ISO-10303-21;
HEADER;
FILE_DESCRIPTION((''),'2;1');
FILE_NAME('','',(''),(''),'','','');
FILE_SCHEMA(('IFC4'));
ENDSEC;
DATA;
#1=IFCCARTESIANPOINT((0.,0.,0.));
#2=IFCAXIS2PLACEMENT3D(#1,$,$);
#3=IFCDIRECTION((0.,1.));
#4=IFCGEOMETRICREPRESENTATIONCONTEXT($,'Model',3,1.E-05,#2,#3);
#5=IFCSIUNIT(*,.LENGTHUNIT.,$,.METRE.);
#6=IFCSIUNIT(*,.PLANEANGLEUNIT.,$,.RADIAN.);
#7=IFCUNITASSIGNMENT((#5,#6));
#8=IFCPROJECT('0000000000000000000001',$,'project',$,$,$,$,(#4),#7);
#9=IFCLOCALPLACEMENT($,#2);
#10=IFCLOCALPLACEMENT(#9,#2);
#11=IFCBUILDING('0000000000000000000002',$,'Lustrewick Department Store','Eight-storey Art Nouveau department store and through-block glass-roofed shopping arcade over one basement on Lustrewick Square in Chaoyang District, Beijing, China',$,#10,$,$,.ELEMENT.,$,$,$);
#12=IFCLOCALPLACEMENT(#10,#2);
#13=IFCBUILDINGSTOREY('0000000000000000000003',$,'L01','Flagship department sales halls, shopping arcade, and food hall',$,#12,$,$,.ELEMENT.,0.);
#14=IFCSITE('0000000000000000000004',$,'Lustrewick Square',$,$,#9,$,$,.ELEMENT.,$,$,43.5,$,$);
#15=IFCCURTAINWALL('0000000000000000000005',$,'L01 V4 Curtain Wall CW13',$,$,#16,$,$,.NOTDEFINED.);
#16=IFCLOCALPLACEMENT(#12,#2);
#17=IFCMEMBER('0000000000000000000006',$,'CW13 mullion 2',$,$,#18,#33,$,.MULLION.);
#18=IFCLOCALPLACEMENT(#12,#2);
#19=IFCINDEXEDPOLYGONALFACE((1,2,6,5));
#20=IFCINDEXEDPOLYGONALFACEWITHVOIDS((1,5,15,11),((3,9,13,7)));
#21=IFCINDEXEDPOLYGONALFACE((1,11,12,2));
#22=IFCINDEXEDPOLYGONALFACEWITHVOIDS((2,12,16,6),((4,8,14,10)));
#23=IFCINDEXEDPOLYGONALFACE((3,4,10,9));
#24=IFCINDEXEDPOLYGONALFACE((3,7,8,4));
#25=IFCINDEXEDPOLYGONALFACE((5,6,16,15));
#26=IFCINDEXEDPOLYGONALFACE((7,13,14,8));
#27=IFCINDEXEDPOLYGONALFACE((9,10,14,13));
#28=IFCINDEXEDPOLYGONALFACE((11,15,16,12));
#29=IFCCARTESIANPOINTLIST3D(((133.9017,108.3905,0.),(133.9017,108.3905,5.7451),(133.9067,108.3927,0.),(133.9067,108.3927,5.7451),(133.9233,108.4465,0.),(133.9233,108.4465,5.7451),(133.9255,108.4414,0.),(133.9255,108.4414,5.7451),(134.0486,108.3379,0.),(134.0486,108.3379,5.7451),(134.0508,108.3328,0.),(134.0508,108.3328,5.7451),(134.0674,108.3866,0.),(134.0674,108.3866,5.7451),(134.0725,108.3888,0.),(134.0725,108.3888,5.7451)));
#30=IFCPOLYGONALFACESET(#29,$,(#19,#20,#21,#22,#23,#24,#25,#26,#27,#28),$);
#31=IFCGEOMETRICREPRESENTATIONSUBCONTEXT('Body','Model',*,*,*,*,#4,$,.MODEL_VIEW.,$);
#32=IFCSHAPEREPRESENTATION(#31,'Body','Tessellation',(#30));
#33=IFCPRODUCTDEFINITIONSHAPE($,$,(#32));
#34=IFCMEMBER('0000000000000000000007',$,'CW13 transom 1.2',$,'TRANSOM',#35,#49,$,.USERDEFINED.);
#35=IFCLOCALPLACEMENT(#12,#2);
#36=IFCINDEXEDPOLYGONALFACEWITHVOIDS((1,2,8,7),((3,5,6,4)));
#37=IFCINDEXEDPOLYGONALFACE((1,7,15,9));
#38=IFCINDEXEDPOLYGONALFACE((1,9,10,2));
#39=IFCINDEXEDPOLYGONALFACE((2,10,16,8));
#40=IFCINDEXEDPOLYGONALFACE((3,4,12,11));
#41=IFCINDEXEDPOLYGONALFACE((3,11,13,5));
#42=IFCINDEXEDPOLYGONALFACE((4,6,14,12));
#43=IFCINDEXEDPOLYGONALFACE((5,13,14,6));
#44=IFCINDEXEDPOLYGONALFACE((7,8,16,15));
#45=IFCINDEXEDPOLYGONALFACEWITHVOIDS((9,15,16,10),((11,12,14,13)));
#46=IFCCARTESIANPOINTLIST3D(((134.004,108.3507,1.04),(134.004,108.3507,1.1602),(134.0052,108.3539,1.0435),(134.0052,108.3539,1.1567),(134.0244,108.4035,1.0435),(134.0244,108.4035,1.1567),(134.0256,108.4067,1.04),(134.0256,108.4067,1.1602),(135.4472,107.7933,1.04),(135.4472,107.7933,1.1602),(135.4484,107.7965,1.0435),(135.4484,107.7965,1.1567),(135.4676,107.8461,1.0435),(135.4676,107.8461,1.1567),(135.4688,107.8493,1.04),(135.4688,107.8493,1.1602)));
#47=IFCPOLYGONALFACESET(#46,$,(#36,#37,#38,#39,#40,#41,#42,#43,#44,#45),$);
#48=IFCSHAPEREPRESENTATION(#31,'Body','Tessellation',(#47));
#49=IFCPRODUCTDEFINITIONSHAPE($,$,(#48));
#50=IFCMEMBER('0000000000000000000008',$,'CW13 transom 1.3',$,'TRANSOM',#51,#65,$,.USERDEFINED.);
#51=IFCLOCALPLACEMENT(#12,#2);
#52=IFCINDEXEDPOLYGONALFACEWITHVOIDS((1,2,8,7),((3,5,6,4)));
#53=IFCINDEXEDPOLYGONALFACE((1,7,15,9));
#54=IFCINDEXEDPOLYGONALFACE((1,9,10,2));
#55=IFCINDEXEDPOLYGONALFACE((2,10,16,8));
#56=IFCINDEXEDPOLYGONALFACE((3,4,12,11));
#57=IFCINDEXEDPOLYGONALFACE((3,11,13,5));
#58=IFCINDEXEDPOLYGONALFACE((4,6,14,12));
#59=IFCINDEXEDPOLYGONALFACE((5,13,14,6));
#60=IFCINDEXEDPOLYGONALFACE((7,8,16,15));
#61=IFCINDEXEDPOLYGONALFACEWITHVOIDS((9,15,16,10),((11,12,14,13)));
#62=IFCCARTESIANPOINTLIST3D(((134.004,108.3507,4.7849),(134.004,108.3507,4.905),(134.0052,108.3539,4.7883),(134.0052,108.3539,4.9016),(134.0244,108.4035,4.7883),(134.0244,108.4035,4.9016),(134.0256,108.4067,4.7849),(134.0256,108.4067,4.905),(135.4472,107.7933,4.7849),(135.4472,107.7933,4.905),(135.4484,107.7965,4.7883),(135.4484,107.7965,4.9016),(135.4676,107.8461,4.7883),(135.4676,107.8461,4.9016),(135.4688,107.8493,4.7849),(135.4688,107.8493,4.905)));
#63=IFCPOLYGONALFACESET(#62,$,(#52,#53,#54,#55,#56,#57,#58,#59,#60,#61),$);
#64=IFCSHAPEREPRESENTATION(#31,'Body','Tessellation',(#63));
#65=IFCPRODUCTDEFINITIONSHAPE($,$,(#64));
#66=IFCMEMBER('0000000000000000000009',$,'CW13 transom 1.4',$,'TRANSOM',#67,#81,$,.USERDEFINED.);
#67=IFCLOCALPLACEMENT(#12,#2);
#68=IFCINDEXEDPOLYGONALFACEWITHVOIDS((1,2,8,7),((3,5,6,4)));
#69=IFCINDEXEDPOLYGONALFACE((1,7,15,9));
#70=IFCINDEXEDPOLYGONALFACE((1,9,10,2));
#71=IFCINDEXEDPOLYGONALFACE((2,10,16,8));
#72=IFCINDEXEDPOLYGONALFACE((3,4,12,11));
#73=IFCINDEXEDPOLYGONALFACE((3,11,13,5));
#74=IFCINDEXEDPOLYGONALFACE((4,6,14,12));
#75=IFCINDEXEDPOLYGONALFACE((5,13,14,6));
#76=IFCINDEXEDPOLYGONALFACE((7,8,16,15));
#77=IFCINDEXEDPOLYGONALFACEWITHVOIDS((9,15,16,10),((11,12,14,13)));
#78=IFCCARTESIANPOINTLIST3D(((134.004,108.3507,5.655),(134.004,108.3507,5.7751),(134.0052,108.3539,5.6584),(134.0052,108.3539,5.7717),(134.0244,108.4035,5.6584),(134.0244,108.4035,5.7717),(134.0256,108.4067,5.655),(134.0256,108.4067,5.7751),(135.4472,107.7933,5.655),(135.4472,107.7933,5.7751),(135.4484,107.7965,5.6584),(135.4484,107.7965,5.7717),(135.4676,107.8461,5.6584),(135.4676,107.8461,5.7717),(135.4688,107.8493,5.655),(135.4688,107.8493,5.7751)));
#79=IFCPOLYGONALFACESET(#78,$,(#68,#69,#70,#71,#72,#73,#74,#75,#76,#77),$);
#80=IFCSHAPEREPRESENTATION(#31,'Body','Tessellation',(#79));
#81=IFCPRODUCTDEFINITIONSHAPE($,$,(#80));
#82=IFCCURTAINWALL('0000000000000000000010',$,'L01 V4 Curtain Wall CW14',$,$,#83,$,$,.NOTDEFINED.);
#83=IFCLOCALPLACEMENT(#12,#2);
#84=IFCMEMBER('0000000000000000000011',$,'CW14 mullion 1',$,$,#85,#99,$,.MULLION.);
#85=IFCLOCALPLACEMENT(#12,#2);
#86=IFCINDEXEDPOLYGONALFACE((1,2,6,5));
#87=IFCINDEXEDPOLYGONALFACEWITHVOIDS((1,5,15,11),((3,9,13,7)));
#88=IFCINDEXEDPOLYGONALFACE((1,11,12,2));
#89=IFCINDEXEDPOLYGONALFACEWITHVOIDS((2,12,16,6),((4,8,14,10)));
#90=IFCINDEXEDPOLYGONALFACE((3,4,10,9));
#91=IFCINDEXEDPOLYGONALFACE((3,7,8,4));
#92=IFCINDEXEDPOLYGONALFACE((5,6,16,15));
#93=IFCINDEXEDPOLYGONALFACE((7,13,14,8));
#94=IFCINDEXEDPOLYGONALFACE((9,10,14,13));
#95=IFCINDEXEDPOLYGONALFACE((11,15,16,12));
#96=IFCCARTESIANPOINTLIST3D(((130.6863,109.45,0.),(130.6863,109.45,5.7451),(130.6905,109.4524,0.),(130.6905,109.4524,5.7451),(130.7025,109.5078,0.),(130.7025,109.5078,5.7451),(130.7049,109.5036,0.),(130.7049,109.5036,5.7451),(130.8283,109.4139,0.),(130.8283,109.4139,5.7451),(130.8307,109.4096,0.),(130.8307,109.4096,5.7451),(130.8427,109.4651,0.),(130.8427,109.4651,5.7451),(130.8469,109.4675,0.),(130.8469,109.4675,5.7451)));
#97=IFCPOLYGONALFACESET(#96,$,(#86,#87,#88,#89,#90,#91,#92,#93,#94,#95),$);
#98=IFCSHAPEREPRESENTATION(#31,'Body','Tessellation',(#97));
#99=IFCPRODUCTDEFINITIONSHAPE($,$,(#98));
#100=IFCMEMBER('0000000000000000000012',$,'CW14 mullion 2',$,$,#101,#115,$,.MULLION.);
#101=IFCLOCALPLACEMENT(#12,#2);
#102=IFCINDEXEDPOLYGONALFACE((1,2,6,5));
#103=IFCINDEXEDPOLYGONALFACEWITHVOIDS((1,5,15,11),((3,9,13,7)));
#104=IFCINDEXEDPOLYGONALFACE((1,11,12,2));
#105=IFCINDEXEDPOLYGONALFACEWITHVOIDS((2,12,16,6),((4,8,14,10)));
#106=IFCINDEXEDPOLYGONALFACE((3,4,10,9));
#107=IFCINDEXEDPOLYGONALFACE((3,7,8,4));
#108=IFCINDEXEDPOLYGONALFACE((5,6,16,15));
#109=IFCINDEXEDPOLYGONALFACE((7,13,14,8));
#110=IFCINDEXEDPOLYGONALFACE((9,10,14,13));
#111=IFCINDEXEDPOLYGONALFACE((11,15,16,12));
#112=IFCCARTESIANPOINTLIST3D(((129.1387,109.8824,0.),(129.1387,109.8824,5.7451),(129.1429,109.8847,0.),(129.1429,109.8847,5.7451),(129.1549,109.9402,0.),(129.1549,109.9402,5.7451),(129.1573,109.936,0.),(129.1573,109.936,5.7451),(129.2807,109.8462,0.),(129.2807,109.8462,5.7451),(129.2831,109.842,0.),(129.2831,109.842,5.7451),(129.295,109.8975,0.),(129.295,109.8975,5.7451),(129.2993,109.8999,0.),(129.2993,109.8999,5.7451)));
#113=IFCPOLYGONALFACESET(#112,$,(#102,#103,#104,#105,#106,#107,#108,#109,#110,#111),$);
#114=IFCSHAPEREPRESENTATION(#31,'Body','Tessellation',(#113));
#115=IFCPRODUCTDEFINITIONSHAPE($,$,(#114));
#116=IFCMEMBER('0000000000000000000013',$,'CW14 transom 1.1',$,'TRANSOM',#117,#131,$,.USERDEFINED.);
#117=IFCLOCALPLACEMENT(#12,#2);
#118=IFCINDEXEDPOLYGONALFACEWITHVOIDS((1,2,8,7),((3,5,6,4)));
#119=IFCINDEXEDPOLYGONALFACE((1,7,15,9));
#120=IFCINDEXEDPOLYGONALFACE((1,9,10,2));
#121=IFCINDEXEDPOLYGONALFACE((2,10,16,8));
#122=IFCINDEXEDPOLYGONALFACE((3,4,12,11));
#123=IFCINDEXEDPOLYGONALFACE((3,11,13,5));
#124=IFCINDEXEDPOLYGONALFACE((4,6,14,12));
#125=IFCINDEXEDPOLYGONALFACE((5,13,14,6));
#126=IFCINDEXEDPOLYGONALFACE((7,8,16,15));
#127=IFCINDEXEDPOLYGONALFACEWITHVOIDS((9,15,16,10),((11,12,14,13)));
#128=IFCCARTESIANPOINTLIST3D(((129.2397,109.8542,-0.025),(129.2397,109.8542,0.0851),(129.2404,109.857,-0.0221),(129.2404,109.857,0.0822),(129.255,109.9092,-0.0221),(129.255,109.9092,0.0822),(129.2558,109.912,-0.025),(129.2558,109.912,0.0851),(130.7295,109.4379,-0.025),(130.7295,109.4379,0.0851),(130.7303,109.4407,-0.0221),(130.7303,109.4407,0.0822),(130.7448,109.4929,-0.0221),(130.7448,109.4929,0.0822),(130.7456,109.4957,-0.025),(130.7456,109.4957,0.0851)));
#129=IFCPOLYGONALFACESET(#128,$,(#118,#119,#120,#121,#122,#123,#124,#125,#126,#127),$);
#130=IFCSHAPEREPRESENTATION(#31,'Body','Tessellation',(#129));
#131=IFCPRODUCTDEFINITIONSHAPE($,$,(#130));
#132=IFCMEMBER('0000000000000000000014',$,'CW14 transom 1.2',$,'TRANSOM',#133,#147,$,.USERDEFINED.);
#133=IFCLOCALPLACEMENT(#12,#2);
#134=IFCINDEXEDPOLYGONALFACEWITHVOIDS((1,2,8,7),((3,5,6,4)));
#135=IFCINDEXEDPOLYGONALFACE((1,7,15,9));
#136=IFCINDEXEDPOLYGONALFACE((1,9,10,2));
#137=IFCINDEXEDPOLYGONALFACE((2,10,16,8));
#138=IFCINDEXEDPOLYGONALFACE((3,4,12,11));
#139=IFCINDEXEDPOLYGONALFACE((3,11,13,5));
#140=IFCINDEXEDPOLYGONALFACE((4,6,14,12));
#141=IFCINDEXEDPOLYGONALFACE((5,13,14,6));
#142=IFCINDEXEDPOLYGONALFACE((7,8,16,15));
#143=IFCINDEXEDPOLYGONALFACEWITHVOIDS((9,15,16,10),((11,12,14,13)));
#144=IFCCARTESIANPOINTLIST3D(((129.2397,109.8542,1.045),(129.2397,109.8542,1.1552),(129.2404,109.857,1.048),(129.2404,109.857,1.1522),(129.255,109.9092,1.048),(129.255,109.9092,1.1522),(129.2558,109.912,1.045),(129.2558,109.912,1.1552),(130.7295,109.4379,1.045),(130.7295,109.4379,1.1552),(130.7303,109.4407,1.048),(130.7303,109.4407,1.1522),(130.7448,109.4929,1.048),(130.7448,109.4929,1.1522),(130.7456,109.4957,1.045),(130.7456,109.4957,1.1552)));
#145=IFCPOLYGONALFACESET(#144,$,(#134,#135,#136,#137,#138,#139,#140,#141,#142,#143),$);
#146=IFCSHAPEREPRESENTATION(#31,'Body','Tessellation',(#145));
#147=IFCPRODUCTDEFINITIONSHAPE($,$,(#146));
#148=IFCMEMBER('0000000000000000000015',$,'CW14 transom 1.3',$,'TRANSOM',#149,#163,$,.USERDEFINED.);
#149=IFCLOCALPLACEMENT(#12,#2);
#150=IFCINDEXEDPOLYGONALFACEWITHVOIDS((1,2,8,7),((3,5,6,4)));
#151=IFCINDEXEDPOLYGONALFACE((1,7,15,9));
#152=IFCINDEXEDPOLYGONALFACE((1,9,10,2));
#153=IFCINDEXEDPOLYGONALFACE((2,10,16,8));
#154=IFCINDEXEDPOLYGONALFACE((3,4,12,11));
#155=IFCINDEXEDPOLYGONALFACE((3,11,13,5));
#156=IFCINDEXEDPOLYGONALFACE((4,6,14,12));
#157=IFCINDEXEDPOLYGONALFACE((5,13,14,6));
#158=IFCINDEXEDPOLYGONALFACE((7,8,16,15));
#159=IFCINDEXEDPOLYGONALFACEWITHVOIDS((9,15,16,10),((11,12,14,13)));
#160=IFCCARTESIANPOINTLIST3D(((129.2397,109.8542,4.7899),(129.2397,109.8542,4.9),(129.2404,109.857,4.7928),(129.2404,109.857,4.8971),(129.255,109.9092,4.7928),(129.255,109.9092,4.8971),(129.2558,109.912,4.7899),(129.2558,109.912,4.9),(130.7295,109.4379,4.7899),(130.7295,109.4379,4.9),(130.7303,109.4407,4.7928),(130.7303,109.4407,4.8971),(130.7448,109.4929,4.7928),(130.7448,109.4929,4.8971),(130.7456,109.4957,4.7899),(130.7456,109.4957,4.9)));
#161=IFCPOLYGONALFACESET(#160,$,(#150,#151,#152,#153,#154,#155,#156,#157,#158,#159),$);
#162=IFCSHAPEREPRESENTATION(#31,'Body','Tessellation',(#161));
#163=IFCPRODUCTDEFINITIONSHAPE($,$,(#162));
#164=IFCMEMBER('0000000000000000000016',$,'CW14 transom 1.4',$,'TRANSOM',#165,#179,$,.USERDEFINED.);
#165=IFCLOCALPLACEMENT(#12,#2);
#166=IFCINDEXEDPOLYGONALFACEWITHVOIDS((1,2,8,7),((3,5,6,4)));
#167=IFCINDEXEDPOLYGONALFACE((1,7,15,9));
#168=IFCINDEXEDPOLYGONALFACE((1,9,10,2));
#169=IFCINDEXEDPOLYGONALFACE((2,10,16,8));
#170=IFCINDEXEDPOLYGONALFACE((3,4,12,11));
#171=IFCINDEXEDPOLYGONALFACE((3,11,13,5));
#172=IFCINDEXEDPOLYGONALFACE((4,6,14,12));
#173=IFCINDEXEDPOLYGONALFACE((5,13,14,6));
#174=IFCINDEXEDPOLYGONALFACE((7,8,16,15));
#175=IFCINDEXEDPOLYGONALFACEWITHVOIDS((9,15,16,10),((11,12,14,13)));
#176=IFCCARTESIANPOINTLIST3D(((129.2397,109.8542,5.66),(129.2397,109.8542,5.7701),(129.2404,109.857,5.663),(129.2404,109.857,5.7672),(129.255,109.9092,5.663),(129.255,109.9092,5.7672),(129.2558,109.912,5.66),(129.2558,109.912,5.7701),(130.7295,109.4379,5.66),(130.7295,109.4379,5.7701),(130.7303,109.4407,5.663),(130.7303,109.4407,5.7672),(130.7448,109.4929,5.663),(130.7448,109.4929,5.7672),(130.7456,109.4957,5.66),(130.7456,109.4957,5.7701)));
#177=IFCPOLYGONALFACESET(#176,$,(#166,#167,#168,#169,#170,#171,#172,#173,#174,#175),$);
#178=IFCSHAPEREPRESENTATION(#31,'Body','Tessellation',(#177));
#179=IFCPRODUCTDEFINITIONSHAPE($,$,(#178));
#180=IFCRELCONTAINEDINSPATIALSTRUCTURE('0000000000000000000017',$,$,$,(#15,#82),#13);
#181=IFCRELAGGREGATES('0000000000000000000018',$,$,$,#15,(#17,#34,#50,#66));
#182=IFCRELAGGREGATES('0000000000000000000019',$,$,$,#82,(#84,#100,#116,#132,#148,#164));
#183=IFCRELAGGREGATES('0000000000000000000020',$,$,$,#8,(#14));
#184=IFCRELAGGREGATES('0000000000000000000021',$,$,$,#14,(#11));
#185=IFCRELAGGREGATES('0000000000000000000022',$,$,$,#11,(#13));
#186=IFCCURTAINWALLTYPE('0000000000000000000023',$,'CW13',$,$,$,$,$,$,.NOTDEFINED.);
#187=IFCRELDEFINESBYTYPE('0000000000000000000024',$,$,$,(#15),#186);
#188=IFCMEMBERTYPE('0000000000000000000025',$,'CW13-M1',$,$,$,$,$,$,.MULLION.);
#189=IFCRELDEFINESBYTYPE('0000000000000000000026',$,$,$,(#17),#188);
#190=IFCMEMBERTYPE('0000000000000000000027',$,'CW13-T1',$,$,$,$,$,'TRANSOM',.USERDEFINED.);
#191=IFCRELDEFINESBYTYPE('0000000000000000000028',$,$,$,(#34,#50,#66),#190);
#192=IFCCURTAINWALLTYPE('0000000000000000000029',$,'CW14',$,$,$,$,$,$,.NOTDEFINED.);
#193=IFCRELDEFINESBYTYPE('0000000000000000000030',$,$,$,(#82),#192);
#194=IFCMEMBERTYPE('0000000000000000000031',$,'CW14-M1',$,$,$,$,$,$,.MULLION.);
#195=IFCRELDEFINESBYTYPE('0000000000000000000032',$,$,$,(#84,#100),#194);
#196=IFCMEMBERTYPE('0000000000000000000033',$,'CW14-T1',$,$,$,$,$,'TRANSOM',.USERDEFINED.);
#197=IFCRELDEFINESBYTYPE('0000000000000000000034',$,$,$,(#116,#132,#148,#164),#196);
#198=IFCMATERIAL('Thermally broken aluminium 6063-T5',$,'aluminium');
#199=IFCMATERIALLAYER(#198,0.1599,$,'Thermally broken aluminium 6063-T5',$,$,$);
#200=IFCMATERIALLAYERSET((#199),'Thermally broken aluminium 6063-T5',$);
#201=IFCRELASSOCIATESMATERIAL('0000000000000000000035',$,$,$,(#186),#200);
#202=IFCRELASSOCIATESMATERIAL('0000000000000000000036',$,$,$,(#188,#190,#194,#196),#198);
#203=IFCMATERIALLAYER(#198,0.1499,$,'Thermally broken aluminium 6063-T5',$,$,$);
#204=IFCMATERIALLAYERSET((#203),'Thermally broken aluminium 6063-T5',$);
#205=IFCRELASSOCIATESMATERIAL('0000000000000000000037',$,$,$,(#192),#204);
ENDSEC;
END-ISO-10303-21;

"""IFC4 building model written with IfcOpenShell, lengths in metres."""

from ifc_helpers import new_model, si_unit, direction, frame, origin, origin_2d, place, context, subcontext, project, spatial, hollow_rectangle, extrude, material, layer, layer_set, material_profile, profile_set, type_object, element, aggregate, save


model = new_model("IFC4")

# Units and contexts
model_context = context("Model", 3, precision=1e-05, world=origin(), true_north=direction((0.0, 1.0)))
body_context = subcontext(model_context, "Body", "Model", "MODEL_VIEW")
ifc_project = project(units=[si_unit("LENGTHUNIT", "METRE"), si_unit("PLANEANGLEUNIT", "RADIAN")], contexts=[model_context])

# Site, building, storey
site_placement = place(None, origin())
site = spatial("IfcSite", under=ifc_project, at=site_placement, Name="Lustrewick Square", CompositionType="ELEMENT", RefElevation=43.5)
building_placement = place(site_placement, origin())
building = spatial("IfcBuilding", under=site, at=building_placement, Name="Lustrewick Department Store", Description="Eight-storey Art Nouveau department store and through-block glass-roofed shopping arcade over one basement on Lustrewick Square in Chaoyang District, Beijing, China", CompositionType="ELEMENT")
storey_placement = place(building_placement, origin())
storey = spatial("IfcBuildingStorey", under=building, at=storey_placement, Name="L01", Description="Flagship department sales halls, shopping arcade, and food hall", CompositionType="ELEMENT", Elevation=0.0)

# Curtain walls, members
ifc_material_1 = material(Name="Thermally broken aluminium 6063-T5", Category="aluminium")
ifc_layer_1 = layer(ifc_material_1, 0.1599, Name="Thermally broken aluminium 6063-T5")
ifc_layer_set_1 = layer_set([ifc_layer_1], Name="Thermally broken aluminium 6063-T5")
curtain_wall_type_1 = type_object("IfcCurtainWallType", Name="CW13", PredefinedType="NOTDEFINED", material=ifc_layer_set_1)
curtain_wall_1_placement = place(storey_placement, origin())
curtain_wall_1 = element("IfcCurtainWall", 1, at=curtain_wall_1_placement, inside=storey, type_object=curtain_wall_type_1, Name="L01 V4 Curtain Wall CW13", PredefinedType="NOTDEFINED")
ifc_material_profile_1 = material_profile(ifc_material_1, hollow_rectangle(XDim=0.0601, YDim=0.1599, WallThickness=0.0039, at=origin_2d()), Name="ALU-M 60x160x4")
ifc_profile_set_1 = profile_set([ifc_material_profile_1], Name="Thermally broken aluminium 6063-T5")
member_type_1 = type_object("IfcMemberType", Name="CW13-M1", PredefinedType="MULLION", material=ifc_profile_set_1)
member_1_placement = place(storey_placement, frame((133.9871, 108.3896, 0.0), z_axis=(0.0, 0.0, 1.0), x_axis=(-0.36037, -0.93281, 0.0)))
member_1 = element("IfcMember", 2, at=member_1_placement, type_object=member_type_1, Name="CW13 mullion 2", PredefinedType="MULLION", context=body_context, shape_type="SweptSolid", body=[
    extrude(hollow_rectangle(XDim=0.0601, YDim=0.1599, WallThickness=0.0039, at=origin_2d()), origin(), (0.0, 0.0, 1.0), 5.7451),
])
ifc_material_profile_2 = material_profile(ifc_material_1, hollow_rectangle(XDim=0.0601, YDim=0.1201, WallThickness=0.0034, at=origin_2d()), Name="ALU-T 60x120x3.5")
ifc_profile_set_2 = profile_set([ifc_material_profile_2], Name="Thermally broken aluminium 6063-T5")
member_type_2 = type_object("IfcMemberType", Name="CW13-T1", ElementType="TRANSOM", PredefinedType="USERDEFINED", material=ifc_profile_set_2)
member_2_placement = place(storey_placement, frame((135.458, 107.8213, 1.1001), z_axis=(-0.93284, 0.36029, 0.0), x_axis=(-0.36029, -0.93284, 0.0)))
member_2 = element("IfcMember", 3, at=member_2_placement, type_object=member_type_2, Name="CW13 transom 1.2", ObjectType="TRANSOM", PredefinedType="USERDEFINED", context=body_context, shape_type="SweptSolid", body=[
    extrude(hollow_rectangle(XDim=0.0601, YDim=0.1201, WallThickness=0.0034, at=origin_2d()), origin(), (0.0, 0.0, 1.0), 1.5471),
])
member_3_placement = place(storey_placement, frame((135.458, 107.8213, 4.845), z_axis=(-0.93284, 0.36029, 0.0), x_axis=(-0.36029, -0.93284, 0.0)))
member_3 = element("IfcMember", 4, at=member_3_placement, type_object=member_type_2, Name="CW13 transom 1.3", ObjectType="TRANSOM", PredefinedType="USERDEFINED", context=body_context, shape_type="SweptSolid", body=[
    extrude(hollow_rectangle(XDim=0.0601, YDim=0.1201, WallThickness=0.0034, at=origin_2d()), origin(), (0.0, 0.0, 1.0), 1.5471),
])
member_4_placement = place(storey_placement, frame((135.458, 107.8213, 5.7151), z_axis=(-0.93284, 0.36029, 0.0), x_axis=(-0.36029, -0.93284, 0.0)))
member_4 = element("IfcMember", 5, at=member_4_placement, type_object=member_type_2, Name="CW13 transom 1.4", ObjectType="TRANSOM", PredefinedType="USERDEFINED", context=body_context, shape_type="SweptSolid", body=[
    extrude(hollow_rectangle(XDim=0.0601, YDim=0.1201, WallThickness=0.0034, at=origin_2d()), origin(), (0.0, 0.0, 1.0), 1.5471),
])
ifc_layer_2 = layer(ifc_material_1, 0.1499, Name="Thermally broken aluminium 6063-T5")
ifc_layer_set_2 = layer_set([ifc_layer_2], Name="Thermally broken aluminium 6063-T5")
curtain_wall_type_2 = type_object("IfcCurtainWallType", Name="CW14", PredefinedType="NOTDEFINED", material=ifc_layer_set_2)
curtain_wall_2_placement = place(storey_placement, origin())
curtain_wall_2 = element("IfcCurtainWall", 6, at=curtain_wall_2_placement, inside=storey, type_object=curtain_wall_type_2, Name="L01 V4 Curtain Wall CW14", PredefinedType="NOTDEFINED")
ifc_material_profile_3 = material_profile(ifc_material_1, hollow_rectangle(XDim=0.0601, YDim=0.1499, WallThickness=0.0034, at=origin_2d()), Name="ALU-M 60x150x3.5")
ifc_profile_set_3 = profile_set([ifc_material_profile_3], Name="Thermally broken aluminium 6063-T5")
member_type_3 = type_object("IfcMemberType", Name="CW14-M1", PredefinedType="MULLION", material=ifc_profile_set_3)
member_5_placement = place(storey_placement, frame((130.7666, 109.4587, 0.0), z_axis=(0.0, 0.0, 1.0), x_axis=(-0.269123, -0.963106, 0.0)))
member_5 = element("IfcMember", 7, at=member_5_placement, type_object=member_type_3, Name="CW14 mullion 1", PredefinedType="MULLION", context=body_context, shape_type="SweptSolid", body=[
    extrude(hollow_rectangle(XDim=0.0601, YDim=0.1499, WallThickness=0.0034, at=origin_2d()), origin(), (0.0, 0.0, 1.0), 5.7451),
])
member_6_placement = place(storey_placement, frame((129.219, 109.8911, 0.0), z_axis=(0.0, 0.0, 1.0), x_axis=(-0.269123, -0.963106, 0.0)))
member_6 = element("IfcMember", 8, at=member_6_placement, type_object=member_type_3, Name="CW14 mullion 2", PredefinedType="MULLION", context=body_context, shape_type="SweptSolid", body=[
    extrude(hollow_rectangle(XDim=0.0601, YDim=0.1499, WallThickness=0.0034, at=origin_2d()), origin(), (0.0, 0.0, 1.0), 5.7451),
])
ifc_material_profile_4 = material_profile(ifc_material_1, hollow_rectangle(XDim=0.0601, YDim=0.1101, WallThickness=0.0029, at=origin_2d()), Name="ALU-T 60x110x3")
ifc_profile_set_4 = profile_set([ifc_material_profile_4], Name="Thermally broken aluminium 6063-T5")
member_type_4 = type_object("IfcMemberType", Name="CW14-T1", ElementType="TRANSOM", PredefinedType="USERDEFINED", material=ifc_profile_set_4)
member_7_placement = place(storey_placement, frame((130.7375, 109.4668, 0.03), z_axis=(-0.96311, 0.269109, 0.0), x_axis=(-0.269109, -0.96311, 0.0)))
member_7 = element("IfcMember", 9, at=member_7_placement, type_object=member_type_4, Name="CW14 transom 1.1", ObjectType="TRANSOM", PredefinedType="USERDEFINED", context=body_context, shape_type="SweptSolid", body=[
    extrude(hollow_rectangle(XDim=0.0601, YDim=0.1101, WallThickness=0.0029, at=origin_2d()), origin(), (0.0, 0.0, 1.0), 1.5469),
])
member_8_placement = place(storey_placement, frame((130.7375, 109.4668, 1.1001), z_axis=(-0.96311, 0.269109, 0.0), x_axis=(-0.269109, -0.96311, 0.0)))
member_8 = element("IfcMember", 10, at=member_8_placement, type_object=member_type_4, Name="CW14 transom 1.2", ObjectType="TRANSOM", PredefinedType="USERDEFINED", context=body_context, shape_type="SweptSolid", body=[
    extrude(hollow_rectangle(XDim=0.0601, YDim=0.1101, WallThickness=0.0029, at=origin_2d()), origin(), (0.0, 0.0, 1.0), 1.5469),
])
member_9_placement = place(storey_placement, frame((130.7375, 109.4668, 4.845), z_axis=(-0.96311, 0.269109, 0.0), x_axis=(-0.269109, -0.96311, 0.0)))
member_9 = element("IfcMember", 11, at=member_9_placement, type_object=member_type_4, Name="CW14 transom 1.3", ObjectType="TRANSOM", PredefinedType="USERDEFINED", context=body_context, shape_type="SweptSolid", body=[
    extrude(hollow_rectangle(XDim=0.0601, YDim=0.1101, WallThickness=0.0029, at=origin_2d()), origin(), (0.0, 0.0, 1.0), 1.5469),
])
member_10_placement = place(storey_placement, frame((130.7375, 109.4668, 5.7151), z_axis=(-0.96311, 0.269109, 0.0), x_axis=(-0.269109, -0.96311, 0.0)))
member_10 = element("IfcMember", 12, at=member_10_placement, type_object=member_type_4, Name="CW14 transom 1.4", ObjectType="TRANSOM", PredefinedType="USERDEFINED", context=body_context, shape_type="SweptSolid", body=[
    extrude(hollow_rectangle(XDim=0.0601, YDim=0.1101, WallThickness=0.0029, at=origin_2d()), origin(), (0.0, 0.0, 1.0), 1.5469),
])

aggregate(curtain_wall_1, [member_1, member_2, member_3, member_4])
aggregate(curtain_wall_2, [member_5, member_6, member_7, member_8, member_9, member_10])

save(model, "model.ifc")
